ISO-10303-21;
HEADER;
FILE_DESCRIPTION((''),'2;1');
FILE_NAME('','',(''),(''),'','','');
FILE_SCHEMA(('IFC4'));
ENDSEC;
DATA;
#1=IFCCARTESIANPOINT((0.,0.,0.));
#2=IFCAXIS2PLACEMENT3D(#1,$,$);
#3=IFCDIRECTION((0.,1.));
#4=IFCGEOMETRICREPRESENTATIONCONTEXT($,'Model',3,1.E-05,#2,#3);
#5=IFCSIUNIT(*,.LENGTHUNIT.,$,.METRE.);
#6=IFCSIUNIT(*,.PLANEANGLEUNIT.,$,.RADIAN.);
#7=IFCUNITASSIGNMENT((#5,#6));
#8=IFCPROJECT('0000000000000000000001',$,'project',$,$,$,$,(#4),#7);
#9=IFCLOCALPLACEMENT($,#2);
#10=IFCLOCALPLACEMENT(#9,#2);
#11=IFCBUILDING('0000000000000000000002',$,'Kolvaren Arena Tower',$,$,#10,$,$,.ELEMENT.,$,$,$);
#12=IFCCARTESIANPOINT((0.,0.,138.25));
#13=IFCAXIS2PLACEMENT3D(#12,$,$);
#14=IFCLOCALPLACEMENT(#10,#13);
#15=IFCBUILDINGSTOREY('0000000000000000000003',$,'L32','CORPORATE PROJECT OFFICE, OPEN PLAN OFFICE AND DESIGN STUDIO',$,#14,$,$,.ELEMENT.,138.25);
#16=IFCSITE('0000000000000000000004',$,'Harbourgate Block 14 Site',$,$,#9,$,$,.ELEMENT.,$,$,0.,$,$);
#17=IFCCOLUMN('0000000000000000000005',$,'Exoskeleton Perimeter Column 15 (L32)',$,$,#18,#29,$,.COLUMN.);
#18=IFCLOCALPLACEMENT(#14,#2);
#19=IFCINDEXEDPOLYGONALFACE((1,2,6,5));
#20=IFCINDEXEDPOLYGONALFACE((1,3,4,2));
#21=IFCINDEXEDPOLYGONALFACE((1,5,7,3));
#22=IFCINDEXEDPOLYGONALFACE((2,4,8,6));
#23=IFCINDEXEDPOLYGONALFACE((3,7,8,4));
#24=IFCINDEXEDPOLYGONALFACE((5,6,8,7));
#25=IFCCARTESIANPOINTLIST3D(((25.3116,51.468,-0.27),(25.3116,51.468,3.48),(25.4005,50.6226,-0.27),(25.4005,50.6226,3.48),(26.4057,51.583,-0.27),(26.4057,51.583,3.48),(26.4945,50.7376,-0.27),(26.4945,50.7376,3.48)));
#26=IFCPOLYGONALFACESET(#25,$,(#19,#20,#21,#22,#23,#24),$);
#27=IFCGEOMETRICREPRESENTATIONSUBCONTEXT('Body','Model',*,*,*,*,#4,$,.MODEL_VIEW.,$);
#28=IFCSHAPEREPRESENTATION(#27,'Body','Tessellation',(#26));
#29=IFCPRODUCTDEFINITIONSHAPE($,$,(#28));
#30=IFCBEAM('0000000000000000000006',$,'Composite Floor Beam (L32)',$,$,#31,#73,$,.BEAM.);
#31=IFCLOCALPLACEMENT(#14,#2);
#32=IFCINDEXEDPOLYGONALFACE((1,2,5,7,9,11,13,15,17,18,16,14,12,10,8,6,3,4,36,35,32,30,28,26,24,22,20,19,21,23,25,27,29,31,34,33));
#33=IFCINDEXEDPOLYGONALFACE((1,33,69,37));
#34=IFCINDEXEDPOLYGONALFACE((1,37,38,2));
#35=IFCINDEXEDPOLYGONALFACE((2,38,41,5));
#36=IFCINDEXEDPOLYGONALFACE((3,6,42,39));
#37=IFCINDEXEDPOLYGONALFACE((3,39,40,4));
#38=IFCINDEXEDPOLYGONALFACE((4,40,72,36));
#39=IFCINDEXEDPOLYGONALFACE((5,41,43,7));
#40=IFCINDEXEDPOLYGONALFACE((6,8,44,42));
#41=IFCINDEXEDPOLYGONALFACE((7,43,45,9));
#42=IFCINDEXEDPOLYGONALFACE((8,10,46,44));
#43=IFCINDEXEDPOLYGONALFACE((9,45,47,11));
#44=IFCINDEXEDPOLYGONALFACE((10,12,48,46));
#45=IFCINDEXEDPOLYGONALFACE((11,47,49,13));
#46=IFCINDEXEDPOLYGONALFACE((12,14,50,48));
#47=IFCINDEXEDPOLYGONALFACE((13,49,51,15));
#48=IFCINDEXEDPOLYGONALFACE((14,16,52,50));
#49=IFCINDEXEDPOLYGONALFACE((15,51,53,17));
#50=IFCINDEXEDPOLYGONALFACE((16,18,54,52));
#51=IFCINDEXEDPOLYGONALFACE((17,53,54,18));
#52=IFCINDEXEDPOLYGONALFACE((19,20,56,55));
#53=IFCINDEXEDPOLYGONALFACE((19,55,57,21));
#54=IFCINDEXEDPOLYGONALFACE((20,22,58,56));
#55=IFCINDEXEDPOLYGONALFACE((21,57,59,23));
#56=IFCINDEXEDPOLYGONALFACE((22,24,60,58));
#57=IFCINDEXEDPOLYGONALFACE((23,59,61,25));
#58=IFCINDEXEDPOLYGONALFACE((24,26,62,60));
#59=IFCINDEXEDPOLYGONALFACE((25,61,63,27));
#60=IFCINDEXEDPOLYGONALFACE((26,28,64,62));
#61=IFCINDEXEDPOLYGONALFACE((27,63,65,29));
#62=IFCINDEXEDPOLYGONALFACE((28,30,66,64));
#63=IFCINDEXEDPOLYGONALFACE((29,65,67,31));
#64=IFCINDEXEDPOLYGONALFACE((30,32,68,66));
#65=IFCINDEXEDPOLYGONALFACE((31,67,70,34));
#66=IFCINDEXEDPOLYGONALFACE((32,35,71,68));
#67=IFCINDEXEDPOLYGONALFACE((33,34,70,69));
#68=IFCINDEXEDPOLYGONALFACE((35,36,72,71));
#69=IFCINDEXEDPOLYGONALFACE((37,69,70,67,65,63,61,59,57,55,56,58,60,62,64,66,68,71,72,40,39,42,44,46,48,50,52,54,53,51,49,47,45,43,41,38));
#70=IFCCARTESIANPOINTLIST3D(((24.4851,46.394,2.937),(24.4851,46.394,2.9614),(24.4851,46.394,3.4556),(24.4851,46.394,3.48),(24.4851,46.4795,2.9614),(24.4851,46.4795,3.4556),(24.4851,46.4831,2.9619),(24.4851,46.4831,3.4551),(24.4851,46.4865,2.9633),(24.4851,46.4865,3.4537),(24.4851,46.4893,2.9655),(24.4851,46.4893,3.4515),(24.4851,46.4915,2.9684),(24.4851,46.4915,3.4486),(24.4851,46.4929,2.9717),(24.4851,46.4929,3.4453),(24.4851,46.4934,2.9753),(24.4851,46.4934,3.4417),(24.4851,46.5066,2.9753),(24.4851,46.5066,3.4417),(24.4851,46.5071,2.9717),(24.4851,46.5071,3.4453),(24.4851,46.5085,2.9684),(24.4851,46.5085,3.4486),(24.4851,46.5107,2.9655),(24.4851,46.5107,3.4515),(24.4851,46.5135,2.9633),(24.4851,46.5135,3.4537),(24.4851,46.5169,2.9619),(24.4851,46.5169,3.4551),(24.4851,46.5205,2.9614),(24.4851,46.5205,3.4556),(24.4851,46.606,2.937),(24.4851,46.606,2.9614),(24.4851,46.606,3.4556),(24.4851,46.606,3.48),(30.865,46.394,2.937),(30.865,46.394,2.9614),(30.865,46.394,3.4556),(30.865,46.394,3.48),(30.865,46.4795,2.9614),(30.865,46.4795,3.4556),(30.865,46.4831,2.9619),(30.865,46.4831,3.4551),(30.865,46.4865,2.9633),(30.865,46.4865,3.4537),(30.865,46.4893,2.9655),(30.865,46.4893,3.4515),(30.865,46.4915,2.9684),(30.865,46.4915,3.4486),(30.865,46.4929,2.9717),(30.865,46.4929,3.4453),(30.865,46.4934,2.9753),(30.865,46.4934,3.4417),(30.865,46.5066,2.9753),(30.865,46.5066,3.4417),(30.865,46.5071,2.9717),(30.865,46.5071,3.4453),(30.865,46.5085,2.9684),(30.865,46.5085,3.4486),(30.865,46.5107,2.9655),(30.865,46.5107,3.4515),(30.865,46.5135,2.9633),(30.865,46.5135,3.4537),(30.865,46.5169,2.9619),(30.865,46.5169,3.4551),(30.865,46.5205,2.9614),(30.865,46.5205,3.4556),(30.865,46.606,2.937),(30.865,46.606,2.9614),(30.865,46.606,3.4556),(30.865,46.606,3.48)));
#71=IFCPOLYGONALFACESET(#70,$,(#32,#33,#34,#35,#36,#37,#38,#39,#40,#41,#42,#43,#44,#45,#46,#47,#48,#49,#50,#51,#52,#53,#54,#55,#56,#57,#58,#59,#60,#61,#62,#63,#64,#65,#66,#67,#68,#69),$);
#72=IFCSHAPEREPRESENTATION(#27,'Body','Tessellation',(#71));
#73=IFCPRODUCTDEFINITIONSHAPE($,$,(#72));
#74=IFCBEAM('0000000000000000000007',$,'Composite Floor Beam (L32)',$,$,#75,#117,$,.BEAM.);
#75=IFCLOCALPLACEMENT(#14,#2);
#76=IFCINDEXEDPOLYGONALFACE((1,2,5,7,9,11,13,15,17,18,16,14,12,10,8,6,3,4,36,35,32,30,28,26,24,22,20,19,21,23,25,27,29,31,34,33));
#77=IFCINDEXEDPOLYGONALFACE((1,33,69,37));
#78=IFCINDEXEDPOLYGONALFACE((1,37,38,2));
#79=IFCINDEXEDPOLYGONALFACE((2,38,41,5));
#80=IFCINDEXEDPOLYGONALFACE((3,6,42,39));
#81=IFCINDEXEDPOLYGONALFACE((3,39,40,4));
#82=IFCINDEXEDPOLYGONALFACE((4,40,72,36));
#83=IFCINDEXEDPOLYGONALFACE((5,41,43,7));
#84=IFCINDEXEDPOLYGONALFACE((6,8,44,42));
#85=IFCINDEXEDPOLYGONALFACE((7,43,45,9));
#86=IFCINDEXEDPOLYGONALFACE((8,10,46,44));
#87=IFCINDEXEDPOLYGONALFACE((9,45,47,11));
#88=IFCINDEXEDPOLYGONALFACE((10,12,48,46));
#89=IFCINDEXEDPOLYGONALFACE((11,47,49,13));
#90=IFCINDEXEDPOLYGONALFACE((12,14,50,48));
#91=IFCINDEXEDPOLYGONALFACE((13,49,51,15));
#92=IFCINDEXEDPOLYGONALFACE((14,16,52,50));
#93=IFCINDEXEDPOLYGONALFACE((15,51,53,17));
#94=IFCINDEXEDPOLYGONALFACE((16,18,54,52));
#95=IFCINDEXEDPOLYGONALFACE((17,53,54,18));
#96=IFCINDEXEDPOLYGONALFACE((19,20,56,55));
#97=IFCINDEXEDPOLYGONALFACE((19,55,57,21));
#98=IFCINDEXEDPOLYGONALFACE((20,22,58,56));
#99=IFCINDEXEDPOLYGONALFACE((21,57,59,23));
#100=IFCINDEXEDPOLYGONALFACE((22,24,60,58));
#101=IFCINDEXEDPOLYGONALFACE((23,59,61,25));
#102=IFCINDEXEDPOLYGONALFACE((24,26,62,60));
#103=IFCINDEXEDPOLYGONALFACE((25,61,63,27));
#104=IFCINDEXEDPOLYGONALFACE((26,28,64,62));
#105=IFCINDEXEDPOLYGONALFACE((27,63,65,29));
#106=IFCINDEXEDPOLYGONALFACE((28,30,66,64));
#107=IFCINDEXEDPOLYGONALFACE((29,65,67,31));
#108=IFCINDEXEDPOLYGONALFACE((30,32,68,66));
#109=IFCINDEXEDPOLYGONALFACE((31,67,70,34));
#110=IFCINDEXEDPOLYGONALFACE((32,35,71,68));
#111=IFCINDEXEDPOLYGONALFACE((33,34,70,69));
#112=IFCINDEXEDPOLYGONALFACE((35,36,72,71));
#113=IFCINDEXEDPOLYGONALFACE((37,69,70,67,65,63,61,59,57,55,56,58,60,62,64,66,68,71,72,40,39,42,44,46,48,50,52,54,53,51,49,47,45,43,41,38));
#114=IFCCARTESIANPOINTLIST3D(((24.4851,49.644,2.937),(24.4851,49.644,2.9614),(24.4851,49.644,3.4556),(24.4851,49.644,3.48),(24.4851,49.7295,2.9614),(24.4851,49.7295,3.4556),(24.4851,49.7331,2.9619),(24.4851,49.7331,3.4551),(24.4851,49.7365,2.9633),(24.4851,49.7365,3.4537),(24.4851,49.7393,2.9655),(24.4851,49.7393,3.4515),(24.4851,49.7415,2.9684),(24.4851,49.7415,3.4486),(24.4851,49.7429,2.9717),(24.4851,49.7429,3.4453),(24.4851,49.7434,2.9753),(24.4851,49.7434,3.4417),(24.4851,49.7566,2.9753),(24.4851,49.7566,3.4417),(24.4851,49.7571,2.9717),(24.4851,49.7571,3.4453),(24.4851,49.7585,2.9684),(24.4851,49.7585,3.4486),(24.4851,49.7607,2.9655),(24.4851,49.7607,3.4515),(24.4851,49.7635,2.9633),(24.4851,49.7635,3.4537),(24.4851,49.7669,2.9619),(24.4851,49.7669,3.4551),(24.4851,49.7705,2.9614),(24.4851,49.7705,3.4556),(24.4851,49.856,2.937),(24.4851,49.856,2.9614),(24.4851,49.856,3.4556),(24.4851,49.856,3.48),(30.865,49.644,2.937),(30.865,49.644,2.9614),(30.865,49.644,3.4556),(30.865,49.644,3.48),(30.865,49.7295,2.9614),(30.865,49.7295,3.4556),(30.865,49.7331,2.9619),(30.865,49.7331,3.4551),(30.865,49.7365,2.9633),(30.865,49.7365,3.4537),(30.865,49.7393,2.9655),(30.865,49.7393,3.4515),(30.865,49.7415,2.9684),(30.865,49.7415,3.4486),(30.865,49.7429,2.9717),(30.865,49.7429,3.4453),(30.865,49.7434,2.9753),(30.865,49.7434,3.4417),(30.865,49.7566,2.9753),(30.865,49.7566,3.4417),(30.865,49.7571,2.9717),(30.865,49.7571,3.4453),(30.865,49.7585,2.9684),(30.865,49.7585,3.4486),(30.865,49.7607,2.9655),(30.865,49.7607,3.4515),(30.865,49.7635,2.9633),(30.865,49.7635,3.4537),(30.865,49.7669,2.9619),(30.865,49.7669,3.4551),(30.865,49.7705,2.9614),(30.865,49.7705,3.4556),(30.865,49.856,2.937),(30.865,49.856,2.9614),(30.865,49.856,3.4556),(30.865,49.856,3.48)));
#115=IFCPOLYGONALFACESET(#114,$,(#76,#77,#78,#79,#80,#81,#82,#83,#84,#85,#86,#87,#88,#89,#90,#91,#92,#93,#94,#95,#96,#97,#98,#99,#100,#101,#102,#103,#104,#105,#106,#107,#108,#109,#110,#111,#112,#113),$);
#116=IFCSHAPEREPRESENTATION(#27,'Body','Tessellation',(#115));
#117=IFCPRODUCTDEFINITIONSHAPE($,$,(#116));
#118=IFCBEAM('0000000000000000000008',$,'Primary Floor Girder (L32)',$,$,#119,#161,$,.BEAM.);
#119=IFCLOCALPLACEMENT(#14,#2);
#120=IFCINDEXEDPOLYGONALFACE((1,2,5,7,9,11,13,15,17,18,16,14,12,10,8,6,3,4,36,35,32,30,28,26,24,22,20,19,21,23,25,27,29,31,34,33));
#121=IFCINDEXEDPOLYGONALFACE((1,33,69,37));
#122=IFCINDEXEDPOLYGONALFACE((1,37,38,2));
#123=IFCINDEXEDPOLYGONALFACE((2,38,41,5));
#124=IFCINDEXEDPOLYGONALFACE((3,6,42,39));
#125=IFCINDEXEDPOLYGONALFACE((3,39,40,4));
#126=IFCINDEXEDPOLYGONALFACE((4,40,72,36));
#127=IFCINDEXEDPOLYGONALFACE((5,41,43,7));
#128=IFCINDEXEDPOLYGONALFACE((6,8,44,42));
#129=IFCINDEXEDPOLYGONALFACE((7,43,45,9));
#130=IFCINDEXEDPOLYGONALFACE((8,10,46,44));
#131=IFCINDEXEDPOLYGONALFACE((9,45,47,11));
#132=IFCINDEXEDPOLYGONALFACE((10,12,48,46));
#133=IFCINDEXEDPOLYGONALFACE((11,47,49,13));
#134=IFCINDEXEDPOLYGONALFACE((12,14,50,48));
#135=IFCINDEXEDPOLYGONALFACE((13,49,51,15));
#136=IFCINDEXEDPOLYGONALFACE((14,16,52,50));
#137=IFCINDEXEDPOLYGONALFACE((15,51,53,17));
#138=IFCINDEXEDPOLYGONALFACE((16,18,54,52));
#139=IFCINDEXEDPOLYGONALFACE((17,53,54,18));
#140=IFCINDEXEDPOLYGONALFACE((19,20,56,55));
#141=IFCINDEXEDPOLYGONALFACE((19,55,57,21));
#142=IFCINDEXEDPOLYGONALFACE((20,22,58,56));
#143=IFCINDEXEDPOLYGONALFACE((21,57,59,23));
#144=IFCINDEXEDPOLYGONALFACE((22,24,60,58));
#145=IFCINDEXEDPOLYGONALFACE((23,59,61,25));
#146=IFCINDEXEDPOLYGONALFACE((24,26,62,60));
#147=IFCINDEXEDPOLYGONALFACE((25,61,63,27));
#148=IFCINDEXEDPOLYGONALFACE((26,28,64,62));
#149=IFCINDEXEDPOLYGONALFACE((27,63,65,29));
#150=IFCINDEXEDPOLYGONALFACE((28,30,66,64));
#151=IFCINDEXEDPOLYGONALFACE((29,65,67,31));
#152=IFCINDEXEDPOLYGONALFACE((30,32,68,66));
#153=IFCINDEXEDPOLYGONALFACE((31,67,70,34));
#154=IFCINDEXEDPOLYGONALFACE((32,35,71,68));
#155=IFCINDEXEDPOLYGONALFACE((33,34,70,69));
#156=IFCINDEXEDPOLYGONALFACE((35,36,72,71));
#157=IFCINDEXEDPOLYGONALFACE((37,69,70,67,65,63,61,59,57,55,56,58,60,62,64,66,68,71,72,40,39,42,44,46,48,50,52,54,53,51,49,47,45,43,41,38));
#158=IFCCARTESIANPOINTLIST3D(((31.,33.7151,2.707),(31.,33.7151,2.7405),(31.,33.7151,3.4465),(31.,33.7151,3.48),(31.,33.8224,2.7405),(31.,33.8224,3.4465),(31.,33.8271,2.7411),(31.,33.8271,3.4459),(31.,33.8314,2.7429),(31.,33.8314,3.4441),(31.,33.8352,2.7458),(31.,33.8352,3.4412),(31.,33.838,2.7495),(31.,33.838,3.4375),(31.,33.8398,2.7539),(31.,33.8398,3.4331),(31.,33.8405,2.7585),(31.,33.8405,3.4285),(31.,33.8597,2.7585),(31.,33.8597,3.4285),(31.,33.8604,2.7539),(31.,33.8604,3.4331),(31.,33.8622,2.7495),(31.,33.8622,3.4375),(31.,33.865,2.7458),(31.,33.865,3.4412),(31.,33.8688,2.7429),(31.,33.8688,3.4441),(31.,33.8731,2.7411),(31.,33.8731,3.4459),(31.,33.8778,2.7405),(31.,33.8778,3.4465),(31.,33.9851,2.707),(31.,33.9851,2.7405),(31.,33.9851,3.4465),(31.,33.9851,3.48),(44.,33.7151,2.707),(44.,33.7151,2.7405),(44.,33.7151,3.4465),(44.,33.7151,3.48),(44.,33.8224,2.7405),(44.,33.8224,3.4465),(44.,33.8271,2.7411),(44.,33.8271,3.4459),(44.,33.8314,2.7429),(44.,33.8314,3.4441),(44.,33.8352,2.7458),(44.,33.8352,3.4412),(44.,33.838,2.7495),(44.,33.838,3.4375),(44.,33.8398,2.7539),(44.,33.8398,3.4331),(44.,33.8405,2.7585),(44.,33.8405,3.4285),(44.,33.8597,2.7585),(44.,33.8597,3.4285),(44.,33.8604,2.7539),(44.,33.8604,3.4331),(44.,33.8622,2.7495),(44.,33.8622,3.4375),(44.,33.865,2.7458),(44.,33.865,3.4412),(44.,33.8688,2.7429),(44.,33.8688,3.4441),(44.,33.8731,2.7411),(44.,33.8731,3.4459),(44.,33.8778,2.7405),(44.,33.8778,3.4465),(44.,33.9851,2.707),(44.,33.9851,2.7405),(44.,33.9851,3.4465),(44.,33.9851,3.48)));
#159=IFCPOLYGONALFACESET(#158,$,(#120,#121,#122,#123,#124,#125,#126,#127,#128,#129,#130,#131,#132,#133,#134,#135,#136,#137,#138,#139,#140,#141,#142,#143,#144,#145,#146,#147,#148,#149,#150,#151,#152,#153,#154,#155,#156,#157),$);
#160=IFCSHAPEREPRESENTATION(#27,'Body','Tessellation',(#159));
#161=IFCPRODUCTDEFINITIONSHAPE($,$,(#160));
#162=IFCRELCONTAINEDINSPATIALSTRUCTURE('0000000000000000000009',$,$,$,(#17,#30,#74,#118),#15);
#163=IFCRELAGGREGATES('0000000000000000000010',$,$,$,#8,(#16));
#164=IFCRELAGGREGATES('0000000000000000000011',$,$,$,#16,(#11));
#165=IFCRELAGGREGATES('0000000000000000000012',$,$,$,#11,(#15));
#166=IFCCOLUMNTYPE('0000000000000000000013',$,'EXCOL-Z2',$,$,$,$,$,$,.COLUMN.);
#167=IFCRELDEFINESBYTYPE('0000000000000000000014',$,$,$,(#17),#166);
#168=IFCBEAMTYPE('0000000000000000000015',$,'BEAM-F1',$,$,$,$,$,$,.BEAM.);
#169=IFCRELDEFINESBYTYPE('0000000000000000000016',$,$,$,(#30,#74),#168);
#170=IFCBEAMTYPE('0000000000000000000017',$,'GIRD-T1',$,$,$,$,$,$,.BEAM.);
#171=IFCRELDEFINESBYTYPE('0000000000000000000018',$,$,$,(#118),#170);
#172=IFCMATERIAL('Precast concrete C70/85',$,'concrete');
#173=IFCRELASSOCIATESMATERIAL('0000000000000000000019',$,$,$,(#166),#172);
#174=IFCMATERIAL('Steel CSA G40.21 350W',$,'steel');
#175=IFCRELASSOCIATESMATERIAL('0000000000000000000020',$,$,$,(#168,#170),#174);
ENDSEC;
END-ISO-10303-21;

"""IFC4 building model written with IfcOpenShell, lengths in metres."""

from ifc_helpers import new_model, si_unit, direction, frame, origin, origin_2d, place, context, subcontext, project, spatial, rectangle, i_section, extrude, material, material_profile, profile_set, type_object, element, save


model = new_model("IFC4")

# Units and contexts
model_context = context("Model", 3, precision=1e-05, world=origin(), true_north=direction((0.0, 1.0)))
body_context = subcontext(model_context, "Body", "Model", "MODEL_VIEW")
ifc_project = project(units=[si_unit("LENGTHUNIT", "METRE"), si_unit("PLANEANGLEUNIT", "RADIAN")], contexts=[model_context])

# Site, building, storey
site_placement = place(None, origin())
site = spatial("IfcSite", under=ifc_project, at=site_placement, Name="Harbourgate Block 14 Site", CompositionType="ELEMENT", RefElevation=0.0)
building_placement = place(site_placement, origin())
building = spatial("IfcBuilding", under=site, at=building_placement, Name="Kolvaren Arena Tower", CompositionType="ELEMENT")
storey_placement = place(building_placement, frame((0.0, 0.0, 138.25)))
storey = spatial("IfcBuildingStorey", under=building, at=storey_placement, Name="L32", Description="CORPORATE PROJECT OFFICE, OPEN PLAN OFFICE AND DESIGN STUDIO", CompositionType="ELEMENT", Elevation=138.25)

# Column
ifc_material_1 = material(Name="Precast concrete C70/85", Category="concrete")
ifc_material_profile_1 = material_profile(ifc_material_1, rectangle(XDim=1.1001, YDim=0.8501, at=origin_2d()), Name="RC-1100x850")
ifc_profile_set_1 = profile_set([ifc_material_profile_1], Name="Precast concrete C70/85")
column_type = type_object("IfcColumnType", Name="EXCOL-Z2", PredefinedType="COLUMN", material=ifc_profile_set_1)
column_placement = place(storey_placement, frame((25.9031, 51.1028, -0.27), z_axis=(0.0, 0.0, 1.0), x_axis=(0.994522, 0.104528, 0.0)))
element("IfcColumn", 1, at=column_placement, inside=storey, type_object=column_type, Name="Exoskeleton Perimeter Column 15 (L32)", PredefinedType="COLUMN", context=body_context, shape_type="SweptSolid", body=[
    extrude(rectangle(XDim=1.1001, YDim=0.8501, at=origin_2d()), origin(), (0.0, 0.0, 1.0), 3.75),
])

# Beams
ifc_material_2 = material(Name="Steel CSA G40.21 350W", Category="steel")
ifc_material_profile_2 = material_profile(ifc_material_2, i_section(OverallWidth=0.2119, OverallDepth=0.543, WebThickness=0.0132, FlangeThickness=0.0244, FilletRadius=0.0139, at=origin_2d()), Name="W530x150")
ifc_profile_set_2 = profile_set([ifc_material_profile_2], Name="Steel CSA G40.21 350W")
beam_type_1 = type_object("IfcBeamType", Name="BEAM-F1", PredefinedType="BEAM", material=ifc_profile_set_2)
for number, where, z_axis, x_axis, name in (
    (2, (24.4851, 46.5, 3.2085), (1.0, 0.0, 0.0), (0.0, 1.0, 0.0), "Composite Floor Beam (L32)"),
    (3, (24.4851, 49.75, 3.2085), (1.0, 0.0, 0.0), (0.0, 1.0, 0.0), "Composite Floor Beam (L32)"),
):
    element("IfcBeam", number, at=place(storey_placement, frame(where, z_axis=z_axis, x_axis=x_axis)), inside=storey, type_object=beam_type_1, Name=name, PredefinedType="BEAM", context=body_context, shape_type="SweptSolid", body=[
        extrude(i_section(OverallWidth=0.2119, OverallDepth=0.543, WebThickness=0.0132, FlangeThickness=0.0244, FilletRadius=0.0139, at=origin_2d()), origin(), (0.0, 0.0, 1.0), 6.3799),
    ])
ifc_material_profile_3 = material_profile(ifc_material_2, i_section(OverallWidth=0.27, OverallDepth=0.7729, WebThickness=0.0193, FlangeThickness=0.0334, FilletRadius=0.0181, at=origin_2d()), Name="W760x257")
ifc_profile_set_3 = profile_set([ifc_material_profile_3], Name="Steel CSA G40.21 350W")
beam_type_2 = type_object("IfcBeamType", Name="GIRD-T1", PredefinedType="BEAM", material=ifc_profile_set_3)
beam_1_placement = place(storey_placement, frame((31.0, 33.8501, 3.0935), z_axis=(1.0, 0.0, 0.0), x_axis=(0.0, 1.0, 0.0)))
element("IfcBeam", 4, at=beam_1_placement, inside=storey, type_object=beam_type_2, Name="Primary Floor Girder (L32)", PredefinedType="BEAM", context=body_context, shape_type="SweptSolid", body=[
    extrude(i_section(OverallWidth=0.27, OverallDepth=0.7729, WebThickness=0.0193, FlangeThickness=0.0334, FilletRadius=0.0181, at=origin_2d()), origin(), (0.0, 0.0, 1.0), 13.0),
])

save(model, "model.ifc")
